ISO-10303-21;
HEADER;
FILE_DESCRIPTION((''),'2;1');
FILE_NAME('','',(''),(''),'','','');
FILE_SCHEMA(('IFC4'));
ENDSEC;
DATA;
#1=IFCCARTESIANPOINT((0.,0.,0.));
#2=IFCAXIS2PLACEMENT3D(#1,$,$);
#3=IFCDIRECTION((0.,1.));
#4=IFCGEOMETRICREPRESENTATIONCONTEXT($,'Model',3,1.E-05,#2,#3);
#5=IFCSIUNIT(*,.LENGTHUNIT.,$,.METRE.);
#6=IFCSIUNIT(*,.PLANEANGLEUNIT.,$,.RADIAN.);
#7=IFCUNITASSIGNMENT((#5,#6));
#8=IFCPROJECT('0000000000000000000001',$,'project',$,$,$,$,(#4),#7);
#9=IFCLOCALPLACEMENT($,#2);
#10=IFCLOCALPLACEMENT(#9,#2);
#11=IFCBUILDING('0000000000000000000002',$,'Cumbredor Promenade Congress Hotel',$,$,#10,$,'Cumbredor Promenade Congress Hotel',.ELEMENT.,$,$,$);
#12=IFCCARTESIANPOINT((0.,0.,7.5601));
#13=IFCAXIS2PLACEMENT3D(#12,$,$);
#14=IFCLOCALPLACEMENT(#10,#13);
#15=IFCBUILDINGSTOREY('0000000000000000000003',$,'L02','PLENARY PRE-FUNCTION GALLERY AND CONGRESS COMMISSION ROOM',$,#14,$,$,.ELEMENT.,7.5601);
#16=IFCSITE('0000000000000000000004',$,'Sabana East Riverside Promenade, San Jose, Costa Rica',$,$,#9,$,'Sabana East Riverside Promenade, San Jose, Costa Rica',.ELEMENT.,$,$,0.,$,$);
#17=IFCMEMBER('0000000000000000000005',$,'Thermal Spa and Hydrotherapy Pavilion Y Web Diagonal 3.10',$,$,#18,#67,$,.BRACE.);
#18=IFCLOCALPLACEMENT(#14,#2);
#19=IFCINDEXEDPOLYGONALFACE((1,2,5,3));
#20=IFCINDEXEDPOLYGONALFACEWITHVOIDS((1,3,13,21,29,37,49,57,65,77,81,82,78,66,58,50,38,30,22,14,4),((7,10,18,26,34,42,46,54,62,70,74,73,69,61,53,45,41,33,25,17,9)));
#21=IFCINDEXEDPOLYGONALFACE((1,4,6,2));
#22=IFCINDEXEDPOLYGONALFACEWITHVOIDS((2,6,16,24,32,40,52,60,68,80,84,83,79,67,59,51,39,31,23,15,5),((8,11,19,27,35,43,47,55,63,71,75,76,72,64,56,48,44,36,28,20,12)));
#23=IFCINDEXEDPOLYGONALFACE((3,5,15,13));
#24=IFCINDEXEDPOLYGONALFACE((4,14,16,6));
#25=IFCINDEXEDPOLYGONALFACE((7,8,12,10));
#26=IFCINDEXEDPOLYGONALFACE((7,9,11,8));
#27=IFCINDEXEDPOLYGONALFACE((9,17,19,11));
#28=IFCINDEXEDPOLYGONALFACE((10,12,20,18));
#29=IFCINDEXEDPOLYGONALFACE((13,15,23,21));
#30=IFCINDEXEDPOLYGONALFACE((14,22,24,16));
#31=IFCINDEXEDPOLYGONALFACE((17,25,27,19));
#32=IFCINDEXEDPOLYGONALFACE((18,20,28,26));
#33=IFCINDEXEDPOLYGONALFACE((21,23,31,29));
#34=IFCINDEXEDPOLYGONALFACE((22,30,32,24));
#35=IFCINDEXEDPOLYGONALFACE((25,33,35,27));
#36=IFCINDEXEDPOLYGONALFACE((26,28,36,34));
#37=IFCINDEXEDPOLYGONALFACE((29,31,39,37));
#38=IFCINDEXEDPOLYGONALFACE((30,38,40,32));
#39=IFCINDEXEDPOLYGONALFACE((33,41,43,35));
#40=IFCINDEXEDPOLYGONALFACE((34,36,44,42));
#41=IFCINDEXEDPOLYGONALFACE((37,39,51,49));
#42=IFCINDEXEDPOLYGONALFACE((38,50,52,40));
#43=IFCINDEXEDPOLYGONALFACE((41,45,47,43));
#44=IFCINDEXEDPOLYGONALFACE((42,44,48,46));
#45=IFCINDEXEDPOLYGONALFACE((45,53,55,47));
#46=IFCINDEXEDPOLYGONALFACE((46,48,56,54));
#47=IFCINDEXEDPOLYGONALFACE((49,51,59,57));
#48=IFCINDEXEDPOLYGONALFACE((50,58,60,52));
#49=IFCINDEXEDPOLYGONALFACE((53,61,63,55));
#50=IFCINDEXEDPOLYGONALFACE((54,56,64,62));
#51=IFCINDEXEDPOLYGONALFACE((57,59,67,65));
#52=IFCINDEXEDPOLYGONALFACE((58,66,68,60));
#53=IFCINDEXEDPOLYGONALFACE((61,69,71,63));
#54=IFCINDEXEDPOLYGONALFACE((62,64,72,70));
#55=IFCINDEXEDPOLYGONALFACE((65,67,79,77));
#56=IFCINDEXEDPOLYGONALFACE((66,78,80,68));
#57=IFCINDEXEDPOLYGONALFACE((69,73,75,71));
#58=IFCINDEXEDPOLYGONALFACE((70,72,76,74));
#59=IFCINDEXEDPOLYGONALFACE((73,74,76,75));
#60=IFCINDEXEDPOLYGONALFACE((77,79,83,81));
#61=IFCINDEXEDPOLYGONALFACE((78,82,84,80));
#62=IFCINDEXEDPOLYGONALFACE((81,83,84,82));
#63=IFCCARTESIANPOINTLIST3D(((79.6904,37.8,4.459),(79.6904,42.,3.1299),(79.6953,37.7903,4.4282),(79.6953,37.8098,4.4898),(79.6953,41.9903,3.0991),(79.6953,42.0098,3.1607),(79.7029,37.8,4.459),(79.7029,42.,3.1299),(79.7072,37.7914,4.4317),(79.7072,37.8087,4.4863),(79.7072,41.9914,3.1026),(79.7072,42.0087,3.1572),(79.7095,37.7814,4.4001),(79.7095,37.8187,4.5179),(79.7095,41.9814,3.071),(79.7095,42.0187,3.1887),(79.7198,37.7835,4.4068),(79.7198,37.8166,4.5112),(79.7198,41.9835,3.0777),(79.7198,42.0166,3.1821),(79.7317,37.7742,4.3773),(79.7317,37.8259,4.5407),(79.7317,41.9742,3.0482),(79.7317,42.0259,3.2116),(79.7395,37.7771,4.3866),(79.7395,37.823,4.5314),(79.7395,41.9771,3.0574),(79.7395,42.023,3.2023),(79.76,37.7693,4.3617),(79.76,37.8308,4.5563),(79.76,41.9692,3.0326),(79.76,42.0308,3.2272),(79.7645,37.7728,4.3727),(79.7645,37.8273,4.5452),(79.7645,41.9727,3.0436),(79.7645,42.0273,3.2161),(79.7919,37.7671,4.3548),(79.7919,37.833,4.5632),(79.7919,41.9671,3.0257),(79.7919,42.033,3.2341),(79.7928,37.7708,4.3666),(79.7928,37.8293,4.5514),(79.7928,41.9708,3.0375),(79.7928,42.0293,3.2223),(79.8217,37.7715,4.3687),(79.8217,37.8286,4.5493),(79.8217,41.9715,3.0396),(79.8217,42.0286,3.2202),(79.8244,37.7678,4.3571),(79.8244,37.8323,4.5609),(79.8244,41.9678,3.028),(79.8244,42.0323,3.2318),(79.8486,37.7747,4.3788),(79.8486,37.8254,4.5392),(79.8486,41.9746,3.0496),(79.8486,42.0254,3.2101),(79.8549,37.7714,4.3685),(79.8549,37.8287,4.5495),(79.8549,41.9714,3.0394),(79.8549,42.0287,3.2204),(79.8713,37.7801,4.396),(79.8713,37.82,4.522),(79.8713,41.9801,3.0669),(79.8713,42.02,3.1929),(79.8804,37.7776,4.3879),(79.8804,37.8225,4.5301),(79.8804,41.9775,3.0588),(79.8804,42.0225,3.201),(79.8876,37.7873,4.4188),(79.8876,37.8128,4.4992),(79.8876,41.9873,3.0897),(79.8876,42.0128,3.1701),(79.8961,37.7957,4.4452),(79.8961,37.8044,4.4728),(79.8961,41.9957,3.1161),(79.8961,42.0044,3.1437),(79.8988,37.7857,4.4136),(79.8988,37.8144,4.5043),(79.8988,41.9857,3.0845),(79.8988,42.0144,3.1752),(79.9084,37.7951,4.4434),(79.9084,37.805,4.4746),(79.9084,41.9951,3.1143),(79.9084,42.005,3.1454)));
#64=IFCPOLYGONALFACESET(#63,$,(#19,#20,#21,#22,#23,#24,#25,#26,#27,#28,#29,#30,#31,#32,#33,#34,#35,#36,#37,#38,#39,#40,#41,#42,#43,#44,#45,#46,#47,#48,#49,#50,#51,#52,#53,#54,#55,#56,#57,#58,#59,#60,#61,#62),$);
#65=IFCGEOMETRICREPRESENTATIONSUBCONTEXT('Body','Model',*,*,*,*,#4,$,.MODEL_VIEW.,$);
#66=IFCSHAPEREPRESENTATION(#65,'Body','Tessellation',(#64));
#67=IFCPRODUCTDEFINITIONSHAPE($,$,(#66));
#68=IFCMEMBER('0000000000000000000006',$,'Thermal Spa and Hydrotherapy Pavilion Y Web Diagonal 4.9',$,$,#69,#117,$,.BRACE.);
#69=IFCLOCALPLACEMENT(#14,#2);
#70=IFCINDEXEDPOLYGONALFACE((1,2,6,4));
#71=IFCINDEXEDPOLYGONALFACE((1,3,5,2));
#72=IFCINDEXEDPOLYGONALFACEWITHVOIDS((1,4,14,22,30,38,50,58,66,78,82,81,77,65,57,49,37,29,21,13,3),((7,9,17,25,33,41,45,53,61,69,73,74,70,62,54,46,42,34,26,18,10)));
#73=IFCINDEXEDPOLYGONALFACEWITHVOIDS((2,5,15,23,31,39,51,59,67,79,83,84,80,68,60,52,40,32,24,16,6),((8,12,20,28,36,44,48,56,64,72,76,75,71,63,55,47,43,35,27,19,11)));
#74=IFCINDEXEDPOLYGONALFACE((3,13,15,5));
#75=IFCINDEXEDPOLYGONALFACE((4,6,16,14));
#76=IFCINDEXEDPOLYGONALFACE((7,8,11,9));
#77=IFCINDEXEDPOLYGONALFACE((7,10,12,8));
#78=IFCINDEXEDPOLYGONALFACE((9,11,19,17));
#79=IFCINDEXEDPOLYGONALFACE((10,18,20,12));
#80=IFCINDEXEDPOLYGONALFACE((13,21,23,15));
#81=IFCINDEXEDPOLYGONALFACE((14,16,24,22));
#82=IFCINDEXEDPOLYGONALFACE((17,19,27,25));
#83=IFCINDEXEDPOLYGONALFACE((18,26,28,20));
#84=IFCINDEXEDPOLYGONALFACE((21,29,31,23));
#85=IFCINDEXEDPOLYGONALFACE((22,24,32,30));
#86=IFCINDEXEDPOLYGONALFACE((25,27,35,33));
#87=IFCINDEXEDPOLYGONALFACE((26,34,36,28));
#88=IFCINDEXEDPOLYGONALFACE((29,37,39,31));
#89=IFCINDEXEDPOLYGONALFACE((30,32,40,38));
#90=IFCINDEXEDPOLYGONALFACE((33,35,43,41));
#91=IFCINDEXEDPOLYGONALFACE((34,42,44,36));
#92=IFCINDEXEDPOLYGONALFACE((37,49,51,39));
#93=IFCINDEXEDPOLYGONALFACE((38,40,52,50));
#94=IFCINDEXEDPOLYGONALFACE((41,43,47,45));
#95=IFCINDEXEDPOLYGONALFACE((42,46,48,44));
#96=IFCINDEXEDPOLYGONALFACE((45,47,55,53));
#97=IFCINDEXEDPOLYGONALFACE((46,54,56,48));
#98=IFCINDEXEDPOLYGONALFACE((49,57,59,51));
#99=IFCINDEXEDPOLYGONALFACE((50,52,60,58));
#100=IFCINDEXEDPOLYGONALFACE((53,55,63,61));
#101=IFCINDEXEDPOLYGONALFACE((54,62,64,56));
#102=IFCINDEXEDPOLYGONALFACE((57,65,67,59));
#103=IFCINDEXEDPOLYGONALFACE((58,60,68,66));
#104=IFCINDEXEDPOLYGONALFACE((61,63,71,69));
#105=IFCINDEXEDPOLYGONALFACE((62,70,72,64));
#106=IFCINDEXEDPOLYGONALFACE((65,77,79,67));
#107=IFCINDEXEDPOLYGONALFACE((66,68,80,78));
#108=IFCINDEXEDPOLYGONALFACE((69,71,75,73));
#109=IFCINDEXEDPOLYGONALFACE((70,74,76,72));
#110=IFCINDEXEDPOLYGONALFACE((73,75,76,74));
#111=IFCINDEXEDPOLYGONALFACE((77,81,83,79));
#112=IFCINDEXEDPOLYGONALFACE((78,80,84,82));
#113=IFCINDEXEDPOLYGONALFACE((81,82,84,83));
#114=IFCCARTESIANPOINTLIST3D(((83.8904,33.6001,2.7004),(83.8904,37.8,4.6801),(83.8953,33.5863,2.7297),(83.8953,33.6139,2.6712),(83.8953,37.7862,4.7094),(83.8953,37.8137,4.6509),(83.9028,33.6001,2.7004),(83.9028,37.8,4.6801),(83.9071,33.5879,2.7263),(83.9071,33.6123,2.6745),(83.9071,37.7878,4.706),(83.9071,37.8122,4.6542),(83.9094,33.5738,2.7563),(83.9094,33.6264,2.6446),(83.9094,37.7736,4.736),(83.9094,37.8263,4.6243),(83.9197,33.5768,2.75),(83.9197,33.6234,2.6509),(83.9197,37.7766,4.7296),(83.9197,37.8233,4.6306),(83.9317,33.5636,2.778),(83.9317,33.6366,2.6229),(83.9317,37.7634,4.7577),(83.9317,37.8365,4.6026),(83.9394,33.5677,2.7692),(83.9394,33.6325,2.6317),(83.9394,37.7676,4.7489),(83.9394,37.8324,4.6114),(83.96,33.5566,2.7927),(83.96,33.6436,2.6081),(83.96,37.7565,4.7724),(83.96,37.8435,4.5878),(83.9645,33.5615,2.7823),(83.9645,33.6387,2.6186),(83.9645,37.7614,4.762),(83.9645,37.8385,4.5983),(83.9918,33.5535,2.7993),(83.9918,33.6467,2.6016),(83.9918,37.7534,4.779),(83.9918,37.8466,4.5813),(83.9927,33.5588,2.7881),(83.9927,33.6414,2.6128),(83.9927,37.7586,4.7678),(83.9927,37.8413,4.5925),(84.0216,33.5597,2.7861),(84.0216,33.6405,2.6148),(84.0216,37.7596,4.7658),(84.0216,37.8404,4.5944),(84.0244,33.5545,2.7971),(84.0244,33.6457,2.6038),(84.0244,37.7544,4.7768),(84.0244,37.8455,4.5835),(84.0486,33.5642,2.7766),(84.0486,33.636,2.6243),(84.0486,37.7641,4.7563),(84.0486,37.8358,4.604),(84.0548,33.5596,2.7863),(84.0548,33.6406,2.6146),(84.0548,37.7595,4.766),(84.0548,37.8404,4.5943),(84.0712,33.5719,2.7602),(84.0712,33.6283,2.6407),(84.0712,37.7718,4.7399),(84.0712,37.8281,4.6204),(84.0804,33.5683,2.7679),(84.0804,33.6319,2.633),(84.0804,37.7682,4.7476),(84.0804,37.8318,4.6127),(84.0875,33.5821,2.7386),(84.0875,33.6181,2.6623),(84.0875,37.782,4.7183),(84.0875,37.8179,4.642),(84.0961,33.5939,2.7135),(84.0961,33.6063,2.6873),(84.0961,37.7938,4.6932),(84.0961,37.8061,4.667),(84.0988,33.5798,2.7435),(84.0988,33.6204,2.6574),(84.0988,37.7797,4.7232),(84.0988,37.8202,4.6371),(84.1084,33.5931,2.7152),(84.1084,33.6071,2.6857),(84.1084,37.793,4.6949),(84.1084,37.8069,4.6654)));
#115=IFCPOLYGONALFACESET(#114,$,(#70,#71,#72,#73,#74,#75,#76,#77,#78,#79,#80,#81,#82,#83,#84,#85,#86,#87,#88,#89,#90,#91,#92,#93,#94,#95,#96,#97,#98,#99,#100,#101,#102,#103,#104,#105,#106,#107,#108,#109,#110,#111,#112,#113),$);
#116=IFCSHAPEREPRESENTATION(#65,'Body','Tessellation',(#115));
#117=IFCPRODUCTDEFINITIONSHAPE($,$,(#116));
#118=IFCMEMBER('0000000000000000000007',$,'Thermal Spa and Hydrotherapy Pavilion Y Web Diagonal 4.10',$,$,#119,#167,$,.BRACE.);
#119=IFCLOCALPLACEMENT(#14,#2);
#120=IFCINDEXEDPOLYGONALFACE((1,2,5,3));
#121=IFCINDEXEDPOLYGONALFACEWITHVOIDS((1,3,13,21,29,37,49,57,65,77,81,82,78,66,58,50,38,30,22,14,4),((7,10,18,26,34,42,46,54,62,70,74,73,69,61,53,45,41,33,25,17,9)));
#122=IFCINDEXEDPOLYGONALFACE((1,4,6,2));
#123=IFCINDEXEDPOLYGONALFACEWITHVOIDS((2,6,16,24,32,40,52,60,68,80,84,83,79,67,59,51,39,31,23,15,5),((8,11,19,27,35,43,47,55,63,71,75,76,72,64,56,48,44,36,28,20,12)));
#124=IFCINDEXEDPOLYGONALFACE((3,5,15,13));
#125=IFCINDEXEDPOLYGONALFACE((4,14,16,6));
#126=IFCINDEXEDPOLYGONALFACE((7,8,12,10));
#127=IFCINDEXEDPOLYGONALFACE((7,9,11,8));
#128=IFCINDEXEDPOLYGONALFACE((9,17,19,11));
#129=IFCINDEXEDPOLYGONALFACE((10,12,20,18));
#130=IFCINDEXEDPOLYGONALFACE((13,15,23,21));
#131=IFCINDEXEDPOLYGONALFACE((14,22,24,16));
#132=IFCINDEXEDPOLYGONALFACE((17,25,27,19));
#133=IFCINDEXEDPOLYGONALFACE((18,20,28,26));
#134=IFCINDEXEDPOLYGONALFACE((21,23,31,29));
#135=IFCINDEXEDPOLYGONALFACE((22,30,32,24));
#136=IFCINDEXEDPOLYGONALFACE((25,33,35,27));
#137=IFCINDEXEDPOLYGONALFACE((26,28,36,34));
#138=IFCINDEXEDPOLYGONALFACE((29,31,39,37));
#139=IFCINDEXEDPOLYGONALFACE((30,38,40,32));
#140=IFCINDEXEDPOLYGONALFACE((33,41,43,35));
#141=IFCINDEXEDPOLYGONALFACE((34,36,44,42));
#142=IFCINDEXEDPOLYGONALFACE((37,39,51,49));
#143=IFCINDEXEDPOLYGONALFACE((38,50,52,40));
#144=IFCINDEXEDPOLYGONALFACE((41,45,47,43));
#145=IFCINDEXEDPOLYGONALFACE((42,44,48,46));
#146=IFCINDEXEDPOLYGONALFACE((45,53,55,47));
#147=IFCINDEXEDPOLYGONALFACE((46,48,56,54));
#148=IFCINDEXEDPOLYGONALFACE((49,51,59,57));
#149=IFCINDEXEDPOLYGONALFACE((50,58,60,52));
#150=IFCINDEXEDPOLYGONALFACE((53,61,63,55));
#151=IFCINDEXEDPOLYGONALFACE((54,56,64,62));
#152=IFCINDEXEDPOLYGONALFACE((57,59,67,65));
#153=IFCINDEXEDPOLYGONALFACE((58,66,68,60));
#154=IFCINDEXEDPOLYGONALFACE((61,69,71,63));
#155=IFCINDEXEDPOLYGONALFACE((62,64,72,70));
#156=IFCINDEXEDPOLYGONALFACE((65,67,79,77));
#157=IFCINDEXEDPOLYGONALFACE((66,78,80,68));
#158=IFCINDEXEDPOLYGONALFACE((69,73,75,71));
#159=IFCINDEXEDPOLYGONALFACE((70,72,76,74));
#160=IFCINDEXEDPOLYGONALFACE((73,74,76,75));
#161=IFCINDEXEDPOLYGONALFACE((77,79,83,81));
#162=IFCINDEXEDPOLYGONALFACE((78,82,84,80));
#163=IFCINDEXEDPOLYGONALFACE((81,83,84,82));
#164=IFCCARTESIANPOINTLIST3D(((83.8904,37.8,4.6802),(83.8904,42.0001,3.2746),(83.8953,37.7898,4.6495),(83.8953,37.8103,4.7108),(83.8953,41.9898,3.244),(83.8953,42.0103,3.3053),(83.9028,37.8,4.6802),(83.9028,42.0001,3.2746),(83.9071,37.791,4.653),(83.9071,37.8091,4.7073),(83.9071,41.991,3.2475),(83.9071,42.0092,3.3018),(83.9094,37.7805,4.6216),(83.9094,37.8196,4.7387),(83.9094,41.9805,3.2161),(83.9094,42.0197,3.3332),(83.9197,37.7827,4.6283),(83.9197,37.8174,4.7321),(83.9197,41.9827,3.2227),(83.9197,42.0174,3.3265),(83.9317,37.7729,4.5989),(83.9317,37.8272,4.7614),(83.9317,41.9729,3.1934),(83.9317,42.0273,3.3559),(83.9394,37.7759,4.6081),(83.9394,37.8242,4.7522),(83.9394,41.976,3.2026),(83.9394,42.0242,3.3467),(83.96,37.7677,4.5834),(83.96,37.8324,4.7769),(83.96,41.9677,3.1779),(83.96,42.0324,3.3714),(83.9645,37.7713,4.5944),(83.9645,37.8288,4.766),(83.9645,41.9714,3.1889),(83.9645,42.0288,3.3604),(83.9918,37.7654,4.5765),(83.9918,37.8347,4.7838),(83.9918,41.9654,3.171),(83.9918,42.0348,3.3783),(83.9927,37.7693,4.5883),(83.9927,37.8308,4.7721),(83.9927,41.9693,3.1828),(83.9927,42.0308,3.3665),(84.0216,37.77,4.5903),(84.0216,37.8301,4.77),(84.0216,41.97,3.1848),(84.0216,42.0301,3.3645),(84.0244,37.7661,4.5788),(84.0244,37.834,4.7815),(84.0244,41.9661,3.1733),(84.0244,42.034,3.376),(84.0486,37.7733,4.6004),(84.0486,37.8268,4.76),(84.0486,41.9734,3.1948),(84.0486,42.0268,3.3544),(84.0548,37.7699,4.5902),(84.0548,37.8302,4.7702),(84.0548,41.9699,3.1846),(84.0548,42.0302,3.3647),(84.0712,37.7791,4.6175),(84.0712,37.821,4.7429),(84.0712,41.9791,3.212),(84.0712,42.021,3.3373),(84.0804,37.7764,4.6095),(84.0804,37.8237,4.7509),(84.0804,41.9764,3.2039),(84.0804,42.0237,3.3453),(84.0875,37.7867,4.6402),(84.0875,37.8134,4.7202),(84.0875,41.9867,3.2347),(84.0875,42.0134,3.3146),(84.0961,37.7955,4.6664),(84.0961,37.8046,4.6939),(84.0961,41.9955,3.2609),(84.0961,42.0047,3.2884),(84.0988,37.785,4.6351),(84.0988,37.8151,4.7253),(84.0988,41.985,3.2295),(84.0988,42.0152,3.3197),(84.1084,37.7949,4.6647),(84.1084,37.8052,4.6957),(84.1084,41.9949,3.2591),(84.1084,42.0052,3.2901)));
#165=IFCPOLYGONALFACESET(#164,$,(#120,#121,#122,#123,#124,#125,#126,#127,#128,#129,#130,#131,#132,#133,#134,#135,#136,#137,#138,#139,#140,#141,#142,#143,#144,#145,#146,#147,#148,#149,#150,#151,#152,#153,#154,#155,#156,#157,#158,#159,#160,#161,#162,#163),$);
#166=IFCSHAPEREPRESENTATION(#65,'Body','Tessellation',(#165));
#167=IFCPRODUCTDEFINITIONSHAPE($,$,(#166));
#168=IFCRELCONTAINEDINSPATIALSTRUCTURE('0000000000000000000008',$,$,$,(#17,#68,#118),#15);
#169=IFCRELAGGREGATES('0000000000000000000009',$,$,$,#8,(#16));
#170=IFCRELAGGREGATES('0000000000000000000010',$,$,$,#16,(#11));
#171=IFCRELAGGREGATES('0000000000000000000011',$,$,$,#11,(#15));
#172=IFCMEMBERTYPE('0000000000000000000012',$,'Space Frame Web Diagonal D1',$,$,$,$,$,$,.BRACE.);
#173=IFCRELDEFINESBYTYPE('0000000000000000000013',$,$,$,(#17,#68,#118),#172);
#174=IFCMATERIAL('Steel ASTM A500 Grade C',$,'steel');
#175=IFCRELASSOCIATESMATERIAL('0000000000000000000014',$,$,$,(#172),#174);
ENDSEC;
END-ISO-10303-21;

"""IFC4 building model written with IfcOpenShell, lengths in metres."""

from ifc_helpers import new_model, si_unit, direction, frame, origin, origin_2d, place, context, subcontext, project, spatial, hollow_circle, extrude, material, material_profile, profile_set, type_object, element, save


model = new_model("IFC4")

# Units and contexts
model_context = context("Model", 3, precision=1e-05, world=origin(), true_north=direction((0.0, 1.0)))
body_context = subcontext(model_context, "Body", "Model", "MODEL_VIEW")
ifc_project = project(units=[si_unit("LENGTHUNIT", "METRE"), si_unit("PLANEANGLEUNIT", "RADIAN")], contexts=[model_context])

# Site, building, storey
site_placement = place(None, origin())
site = spatial("IfcSite", under=ifc_project, at=site_placement, Name="Sabana East Riverside Promenade, San Jose, Costa Rica", LongName="Sabana East Riverside Promenade, San Jose, Costa Rica", CompositionType="ELEMENT", RefElevation=0.0)
building_placement = place(site_placement, origin())
building = spatial("IfcBuilding", under=site, at=building_placement, Name="Cumbredor Promenade Congress Hotel", LongName="Cumbredor Promenade Congress Hotel", CompositionType="ELEMENT")
storey_placement = place(building_placement, frame((0.0, 0.0, 7.5601)))
storey = spatial("IfcBuildingStorey", under=building, at=storey_placement, Name="L02", Description="PLENARY PRE-FUNCTION GALLERY AND CONGRESS COMMISSION ROOM", CompositionType="ELEMENT", Elevation=7.5601)

# Members
ifc_material_1 = material(Name="Steel ASTM A500 Grade C", Category="steel")
ifc_material_profile_1 = material_profile(ifc_material_1, hollow_circle(Radius=0.1096, WallThickness=0.0125, at=origin_2d()), Name="CHS 219.1x12.5")
ifc_profile_set_1 = profile_set([ifc_material_profile_1], Name="Steel ASTM A500 Grade C")
member_type_1 = type_object("IfcMemberType", Name="Space Frame Web Diagonal D1", PredefinedType="BRACE", material=ifc_profile_set_1)
member_1_placement = place(storey_placement, frame((79.8, 37.8, 4.459), z_axis=(0.0, 0.9534, -0.30171), x_axis=(-1.0, 0.0, 0.0)))
element("IfcMember", 1, at=member_1_placement, inside=storey, type_object=member_type_1, Name="Thermal Spa and Hydrotherapy Pavilion Y Web Diagonal 3.10", PredefinedType="BRACE", context=body_context, shape_type="SweptSolid", body=[
    extrude(hollow_circle(Radius=0.1096, WallThickness=0.0125, at=origin_2d()), origin(), (0.0, 0.0, 1.0), 4.4053),
])
member_2_placement = place(storey_placement, frame((84.0, 33.6001, 2.7004), z_axis=(0.0, 0.904546, 0.426377), x_axis=(-1.0, 0.0, 0.0)))
element("IfcMember", 2, at=member_2_placement, inside=storey, type_object=member_type_1, Name="Thermal Spa and Hydrotherapy Pavilion Y Web Diagonal 4.9", PredefinedType="BRACE", context=body_context, shape_type="SweptSolid", body=[
    extrude(hollow_circle(Radius=0.1096, WallThickness=0.0125, at=origin_2d()), origin(), (0.0, 0.0, 1.0), 4.6431),
])
member_3_placement = place(storey_placement, frame((84.0, 37.8, 4.6802), z_axis=(0.0, 0.948308, -0.317352), x_axis=(-1.0, 0.0, 0.0)))
element("IfcMember", 3, at=member_3_placement, inside=storey, type_object=member_type_1, Name="Thermal Spa and Hydrotherapy Pavilion Y Web Diagonal 4.10", PredefinedType="BRACE", context=body_context, shape_type="SweptSolid", body=[
    extrude(hollow_circle(Radius=0.1096, WallThickness=0.0125, at=origin_2d()), origin(), (0.0, 0.0, 1.0), 4.429),
])

save(model, "model.ifc")
